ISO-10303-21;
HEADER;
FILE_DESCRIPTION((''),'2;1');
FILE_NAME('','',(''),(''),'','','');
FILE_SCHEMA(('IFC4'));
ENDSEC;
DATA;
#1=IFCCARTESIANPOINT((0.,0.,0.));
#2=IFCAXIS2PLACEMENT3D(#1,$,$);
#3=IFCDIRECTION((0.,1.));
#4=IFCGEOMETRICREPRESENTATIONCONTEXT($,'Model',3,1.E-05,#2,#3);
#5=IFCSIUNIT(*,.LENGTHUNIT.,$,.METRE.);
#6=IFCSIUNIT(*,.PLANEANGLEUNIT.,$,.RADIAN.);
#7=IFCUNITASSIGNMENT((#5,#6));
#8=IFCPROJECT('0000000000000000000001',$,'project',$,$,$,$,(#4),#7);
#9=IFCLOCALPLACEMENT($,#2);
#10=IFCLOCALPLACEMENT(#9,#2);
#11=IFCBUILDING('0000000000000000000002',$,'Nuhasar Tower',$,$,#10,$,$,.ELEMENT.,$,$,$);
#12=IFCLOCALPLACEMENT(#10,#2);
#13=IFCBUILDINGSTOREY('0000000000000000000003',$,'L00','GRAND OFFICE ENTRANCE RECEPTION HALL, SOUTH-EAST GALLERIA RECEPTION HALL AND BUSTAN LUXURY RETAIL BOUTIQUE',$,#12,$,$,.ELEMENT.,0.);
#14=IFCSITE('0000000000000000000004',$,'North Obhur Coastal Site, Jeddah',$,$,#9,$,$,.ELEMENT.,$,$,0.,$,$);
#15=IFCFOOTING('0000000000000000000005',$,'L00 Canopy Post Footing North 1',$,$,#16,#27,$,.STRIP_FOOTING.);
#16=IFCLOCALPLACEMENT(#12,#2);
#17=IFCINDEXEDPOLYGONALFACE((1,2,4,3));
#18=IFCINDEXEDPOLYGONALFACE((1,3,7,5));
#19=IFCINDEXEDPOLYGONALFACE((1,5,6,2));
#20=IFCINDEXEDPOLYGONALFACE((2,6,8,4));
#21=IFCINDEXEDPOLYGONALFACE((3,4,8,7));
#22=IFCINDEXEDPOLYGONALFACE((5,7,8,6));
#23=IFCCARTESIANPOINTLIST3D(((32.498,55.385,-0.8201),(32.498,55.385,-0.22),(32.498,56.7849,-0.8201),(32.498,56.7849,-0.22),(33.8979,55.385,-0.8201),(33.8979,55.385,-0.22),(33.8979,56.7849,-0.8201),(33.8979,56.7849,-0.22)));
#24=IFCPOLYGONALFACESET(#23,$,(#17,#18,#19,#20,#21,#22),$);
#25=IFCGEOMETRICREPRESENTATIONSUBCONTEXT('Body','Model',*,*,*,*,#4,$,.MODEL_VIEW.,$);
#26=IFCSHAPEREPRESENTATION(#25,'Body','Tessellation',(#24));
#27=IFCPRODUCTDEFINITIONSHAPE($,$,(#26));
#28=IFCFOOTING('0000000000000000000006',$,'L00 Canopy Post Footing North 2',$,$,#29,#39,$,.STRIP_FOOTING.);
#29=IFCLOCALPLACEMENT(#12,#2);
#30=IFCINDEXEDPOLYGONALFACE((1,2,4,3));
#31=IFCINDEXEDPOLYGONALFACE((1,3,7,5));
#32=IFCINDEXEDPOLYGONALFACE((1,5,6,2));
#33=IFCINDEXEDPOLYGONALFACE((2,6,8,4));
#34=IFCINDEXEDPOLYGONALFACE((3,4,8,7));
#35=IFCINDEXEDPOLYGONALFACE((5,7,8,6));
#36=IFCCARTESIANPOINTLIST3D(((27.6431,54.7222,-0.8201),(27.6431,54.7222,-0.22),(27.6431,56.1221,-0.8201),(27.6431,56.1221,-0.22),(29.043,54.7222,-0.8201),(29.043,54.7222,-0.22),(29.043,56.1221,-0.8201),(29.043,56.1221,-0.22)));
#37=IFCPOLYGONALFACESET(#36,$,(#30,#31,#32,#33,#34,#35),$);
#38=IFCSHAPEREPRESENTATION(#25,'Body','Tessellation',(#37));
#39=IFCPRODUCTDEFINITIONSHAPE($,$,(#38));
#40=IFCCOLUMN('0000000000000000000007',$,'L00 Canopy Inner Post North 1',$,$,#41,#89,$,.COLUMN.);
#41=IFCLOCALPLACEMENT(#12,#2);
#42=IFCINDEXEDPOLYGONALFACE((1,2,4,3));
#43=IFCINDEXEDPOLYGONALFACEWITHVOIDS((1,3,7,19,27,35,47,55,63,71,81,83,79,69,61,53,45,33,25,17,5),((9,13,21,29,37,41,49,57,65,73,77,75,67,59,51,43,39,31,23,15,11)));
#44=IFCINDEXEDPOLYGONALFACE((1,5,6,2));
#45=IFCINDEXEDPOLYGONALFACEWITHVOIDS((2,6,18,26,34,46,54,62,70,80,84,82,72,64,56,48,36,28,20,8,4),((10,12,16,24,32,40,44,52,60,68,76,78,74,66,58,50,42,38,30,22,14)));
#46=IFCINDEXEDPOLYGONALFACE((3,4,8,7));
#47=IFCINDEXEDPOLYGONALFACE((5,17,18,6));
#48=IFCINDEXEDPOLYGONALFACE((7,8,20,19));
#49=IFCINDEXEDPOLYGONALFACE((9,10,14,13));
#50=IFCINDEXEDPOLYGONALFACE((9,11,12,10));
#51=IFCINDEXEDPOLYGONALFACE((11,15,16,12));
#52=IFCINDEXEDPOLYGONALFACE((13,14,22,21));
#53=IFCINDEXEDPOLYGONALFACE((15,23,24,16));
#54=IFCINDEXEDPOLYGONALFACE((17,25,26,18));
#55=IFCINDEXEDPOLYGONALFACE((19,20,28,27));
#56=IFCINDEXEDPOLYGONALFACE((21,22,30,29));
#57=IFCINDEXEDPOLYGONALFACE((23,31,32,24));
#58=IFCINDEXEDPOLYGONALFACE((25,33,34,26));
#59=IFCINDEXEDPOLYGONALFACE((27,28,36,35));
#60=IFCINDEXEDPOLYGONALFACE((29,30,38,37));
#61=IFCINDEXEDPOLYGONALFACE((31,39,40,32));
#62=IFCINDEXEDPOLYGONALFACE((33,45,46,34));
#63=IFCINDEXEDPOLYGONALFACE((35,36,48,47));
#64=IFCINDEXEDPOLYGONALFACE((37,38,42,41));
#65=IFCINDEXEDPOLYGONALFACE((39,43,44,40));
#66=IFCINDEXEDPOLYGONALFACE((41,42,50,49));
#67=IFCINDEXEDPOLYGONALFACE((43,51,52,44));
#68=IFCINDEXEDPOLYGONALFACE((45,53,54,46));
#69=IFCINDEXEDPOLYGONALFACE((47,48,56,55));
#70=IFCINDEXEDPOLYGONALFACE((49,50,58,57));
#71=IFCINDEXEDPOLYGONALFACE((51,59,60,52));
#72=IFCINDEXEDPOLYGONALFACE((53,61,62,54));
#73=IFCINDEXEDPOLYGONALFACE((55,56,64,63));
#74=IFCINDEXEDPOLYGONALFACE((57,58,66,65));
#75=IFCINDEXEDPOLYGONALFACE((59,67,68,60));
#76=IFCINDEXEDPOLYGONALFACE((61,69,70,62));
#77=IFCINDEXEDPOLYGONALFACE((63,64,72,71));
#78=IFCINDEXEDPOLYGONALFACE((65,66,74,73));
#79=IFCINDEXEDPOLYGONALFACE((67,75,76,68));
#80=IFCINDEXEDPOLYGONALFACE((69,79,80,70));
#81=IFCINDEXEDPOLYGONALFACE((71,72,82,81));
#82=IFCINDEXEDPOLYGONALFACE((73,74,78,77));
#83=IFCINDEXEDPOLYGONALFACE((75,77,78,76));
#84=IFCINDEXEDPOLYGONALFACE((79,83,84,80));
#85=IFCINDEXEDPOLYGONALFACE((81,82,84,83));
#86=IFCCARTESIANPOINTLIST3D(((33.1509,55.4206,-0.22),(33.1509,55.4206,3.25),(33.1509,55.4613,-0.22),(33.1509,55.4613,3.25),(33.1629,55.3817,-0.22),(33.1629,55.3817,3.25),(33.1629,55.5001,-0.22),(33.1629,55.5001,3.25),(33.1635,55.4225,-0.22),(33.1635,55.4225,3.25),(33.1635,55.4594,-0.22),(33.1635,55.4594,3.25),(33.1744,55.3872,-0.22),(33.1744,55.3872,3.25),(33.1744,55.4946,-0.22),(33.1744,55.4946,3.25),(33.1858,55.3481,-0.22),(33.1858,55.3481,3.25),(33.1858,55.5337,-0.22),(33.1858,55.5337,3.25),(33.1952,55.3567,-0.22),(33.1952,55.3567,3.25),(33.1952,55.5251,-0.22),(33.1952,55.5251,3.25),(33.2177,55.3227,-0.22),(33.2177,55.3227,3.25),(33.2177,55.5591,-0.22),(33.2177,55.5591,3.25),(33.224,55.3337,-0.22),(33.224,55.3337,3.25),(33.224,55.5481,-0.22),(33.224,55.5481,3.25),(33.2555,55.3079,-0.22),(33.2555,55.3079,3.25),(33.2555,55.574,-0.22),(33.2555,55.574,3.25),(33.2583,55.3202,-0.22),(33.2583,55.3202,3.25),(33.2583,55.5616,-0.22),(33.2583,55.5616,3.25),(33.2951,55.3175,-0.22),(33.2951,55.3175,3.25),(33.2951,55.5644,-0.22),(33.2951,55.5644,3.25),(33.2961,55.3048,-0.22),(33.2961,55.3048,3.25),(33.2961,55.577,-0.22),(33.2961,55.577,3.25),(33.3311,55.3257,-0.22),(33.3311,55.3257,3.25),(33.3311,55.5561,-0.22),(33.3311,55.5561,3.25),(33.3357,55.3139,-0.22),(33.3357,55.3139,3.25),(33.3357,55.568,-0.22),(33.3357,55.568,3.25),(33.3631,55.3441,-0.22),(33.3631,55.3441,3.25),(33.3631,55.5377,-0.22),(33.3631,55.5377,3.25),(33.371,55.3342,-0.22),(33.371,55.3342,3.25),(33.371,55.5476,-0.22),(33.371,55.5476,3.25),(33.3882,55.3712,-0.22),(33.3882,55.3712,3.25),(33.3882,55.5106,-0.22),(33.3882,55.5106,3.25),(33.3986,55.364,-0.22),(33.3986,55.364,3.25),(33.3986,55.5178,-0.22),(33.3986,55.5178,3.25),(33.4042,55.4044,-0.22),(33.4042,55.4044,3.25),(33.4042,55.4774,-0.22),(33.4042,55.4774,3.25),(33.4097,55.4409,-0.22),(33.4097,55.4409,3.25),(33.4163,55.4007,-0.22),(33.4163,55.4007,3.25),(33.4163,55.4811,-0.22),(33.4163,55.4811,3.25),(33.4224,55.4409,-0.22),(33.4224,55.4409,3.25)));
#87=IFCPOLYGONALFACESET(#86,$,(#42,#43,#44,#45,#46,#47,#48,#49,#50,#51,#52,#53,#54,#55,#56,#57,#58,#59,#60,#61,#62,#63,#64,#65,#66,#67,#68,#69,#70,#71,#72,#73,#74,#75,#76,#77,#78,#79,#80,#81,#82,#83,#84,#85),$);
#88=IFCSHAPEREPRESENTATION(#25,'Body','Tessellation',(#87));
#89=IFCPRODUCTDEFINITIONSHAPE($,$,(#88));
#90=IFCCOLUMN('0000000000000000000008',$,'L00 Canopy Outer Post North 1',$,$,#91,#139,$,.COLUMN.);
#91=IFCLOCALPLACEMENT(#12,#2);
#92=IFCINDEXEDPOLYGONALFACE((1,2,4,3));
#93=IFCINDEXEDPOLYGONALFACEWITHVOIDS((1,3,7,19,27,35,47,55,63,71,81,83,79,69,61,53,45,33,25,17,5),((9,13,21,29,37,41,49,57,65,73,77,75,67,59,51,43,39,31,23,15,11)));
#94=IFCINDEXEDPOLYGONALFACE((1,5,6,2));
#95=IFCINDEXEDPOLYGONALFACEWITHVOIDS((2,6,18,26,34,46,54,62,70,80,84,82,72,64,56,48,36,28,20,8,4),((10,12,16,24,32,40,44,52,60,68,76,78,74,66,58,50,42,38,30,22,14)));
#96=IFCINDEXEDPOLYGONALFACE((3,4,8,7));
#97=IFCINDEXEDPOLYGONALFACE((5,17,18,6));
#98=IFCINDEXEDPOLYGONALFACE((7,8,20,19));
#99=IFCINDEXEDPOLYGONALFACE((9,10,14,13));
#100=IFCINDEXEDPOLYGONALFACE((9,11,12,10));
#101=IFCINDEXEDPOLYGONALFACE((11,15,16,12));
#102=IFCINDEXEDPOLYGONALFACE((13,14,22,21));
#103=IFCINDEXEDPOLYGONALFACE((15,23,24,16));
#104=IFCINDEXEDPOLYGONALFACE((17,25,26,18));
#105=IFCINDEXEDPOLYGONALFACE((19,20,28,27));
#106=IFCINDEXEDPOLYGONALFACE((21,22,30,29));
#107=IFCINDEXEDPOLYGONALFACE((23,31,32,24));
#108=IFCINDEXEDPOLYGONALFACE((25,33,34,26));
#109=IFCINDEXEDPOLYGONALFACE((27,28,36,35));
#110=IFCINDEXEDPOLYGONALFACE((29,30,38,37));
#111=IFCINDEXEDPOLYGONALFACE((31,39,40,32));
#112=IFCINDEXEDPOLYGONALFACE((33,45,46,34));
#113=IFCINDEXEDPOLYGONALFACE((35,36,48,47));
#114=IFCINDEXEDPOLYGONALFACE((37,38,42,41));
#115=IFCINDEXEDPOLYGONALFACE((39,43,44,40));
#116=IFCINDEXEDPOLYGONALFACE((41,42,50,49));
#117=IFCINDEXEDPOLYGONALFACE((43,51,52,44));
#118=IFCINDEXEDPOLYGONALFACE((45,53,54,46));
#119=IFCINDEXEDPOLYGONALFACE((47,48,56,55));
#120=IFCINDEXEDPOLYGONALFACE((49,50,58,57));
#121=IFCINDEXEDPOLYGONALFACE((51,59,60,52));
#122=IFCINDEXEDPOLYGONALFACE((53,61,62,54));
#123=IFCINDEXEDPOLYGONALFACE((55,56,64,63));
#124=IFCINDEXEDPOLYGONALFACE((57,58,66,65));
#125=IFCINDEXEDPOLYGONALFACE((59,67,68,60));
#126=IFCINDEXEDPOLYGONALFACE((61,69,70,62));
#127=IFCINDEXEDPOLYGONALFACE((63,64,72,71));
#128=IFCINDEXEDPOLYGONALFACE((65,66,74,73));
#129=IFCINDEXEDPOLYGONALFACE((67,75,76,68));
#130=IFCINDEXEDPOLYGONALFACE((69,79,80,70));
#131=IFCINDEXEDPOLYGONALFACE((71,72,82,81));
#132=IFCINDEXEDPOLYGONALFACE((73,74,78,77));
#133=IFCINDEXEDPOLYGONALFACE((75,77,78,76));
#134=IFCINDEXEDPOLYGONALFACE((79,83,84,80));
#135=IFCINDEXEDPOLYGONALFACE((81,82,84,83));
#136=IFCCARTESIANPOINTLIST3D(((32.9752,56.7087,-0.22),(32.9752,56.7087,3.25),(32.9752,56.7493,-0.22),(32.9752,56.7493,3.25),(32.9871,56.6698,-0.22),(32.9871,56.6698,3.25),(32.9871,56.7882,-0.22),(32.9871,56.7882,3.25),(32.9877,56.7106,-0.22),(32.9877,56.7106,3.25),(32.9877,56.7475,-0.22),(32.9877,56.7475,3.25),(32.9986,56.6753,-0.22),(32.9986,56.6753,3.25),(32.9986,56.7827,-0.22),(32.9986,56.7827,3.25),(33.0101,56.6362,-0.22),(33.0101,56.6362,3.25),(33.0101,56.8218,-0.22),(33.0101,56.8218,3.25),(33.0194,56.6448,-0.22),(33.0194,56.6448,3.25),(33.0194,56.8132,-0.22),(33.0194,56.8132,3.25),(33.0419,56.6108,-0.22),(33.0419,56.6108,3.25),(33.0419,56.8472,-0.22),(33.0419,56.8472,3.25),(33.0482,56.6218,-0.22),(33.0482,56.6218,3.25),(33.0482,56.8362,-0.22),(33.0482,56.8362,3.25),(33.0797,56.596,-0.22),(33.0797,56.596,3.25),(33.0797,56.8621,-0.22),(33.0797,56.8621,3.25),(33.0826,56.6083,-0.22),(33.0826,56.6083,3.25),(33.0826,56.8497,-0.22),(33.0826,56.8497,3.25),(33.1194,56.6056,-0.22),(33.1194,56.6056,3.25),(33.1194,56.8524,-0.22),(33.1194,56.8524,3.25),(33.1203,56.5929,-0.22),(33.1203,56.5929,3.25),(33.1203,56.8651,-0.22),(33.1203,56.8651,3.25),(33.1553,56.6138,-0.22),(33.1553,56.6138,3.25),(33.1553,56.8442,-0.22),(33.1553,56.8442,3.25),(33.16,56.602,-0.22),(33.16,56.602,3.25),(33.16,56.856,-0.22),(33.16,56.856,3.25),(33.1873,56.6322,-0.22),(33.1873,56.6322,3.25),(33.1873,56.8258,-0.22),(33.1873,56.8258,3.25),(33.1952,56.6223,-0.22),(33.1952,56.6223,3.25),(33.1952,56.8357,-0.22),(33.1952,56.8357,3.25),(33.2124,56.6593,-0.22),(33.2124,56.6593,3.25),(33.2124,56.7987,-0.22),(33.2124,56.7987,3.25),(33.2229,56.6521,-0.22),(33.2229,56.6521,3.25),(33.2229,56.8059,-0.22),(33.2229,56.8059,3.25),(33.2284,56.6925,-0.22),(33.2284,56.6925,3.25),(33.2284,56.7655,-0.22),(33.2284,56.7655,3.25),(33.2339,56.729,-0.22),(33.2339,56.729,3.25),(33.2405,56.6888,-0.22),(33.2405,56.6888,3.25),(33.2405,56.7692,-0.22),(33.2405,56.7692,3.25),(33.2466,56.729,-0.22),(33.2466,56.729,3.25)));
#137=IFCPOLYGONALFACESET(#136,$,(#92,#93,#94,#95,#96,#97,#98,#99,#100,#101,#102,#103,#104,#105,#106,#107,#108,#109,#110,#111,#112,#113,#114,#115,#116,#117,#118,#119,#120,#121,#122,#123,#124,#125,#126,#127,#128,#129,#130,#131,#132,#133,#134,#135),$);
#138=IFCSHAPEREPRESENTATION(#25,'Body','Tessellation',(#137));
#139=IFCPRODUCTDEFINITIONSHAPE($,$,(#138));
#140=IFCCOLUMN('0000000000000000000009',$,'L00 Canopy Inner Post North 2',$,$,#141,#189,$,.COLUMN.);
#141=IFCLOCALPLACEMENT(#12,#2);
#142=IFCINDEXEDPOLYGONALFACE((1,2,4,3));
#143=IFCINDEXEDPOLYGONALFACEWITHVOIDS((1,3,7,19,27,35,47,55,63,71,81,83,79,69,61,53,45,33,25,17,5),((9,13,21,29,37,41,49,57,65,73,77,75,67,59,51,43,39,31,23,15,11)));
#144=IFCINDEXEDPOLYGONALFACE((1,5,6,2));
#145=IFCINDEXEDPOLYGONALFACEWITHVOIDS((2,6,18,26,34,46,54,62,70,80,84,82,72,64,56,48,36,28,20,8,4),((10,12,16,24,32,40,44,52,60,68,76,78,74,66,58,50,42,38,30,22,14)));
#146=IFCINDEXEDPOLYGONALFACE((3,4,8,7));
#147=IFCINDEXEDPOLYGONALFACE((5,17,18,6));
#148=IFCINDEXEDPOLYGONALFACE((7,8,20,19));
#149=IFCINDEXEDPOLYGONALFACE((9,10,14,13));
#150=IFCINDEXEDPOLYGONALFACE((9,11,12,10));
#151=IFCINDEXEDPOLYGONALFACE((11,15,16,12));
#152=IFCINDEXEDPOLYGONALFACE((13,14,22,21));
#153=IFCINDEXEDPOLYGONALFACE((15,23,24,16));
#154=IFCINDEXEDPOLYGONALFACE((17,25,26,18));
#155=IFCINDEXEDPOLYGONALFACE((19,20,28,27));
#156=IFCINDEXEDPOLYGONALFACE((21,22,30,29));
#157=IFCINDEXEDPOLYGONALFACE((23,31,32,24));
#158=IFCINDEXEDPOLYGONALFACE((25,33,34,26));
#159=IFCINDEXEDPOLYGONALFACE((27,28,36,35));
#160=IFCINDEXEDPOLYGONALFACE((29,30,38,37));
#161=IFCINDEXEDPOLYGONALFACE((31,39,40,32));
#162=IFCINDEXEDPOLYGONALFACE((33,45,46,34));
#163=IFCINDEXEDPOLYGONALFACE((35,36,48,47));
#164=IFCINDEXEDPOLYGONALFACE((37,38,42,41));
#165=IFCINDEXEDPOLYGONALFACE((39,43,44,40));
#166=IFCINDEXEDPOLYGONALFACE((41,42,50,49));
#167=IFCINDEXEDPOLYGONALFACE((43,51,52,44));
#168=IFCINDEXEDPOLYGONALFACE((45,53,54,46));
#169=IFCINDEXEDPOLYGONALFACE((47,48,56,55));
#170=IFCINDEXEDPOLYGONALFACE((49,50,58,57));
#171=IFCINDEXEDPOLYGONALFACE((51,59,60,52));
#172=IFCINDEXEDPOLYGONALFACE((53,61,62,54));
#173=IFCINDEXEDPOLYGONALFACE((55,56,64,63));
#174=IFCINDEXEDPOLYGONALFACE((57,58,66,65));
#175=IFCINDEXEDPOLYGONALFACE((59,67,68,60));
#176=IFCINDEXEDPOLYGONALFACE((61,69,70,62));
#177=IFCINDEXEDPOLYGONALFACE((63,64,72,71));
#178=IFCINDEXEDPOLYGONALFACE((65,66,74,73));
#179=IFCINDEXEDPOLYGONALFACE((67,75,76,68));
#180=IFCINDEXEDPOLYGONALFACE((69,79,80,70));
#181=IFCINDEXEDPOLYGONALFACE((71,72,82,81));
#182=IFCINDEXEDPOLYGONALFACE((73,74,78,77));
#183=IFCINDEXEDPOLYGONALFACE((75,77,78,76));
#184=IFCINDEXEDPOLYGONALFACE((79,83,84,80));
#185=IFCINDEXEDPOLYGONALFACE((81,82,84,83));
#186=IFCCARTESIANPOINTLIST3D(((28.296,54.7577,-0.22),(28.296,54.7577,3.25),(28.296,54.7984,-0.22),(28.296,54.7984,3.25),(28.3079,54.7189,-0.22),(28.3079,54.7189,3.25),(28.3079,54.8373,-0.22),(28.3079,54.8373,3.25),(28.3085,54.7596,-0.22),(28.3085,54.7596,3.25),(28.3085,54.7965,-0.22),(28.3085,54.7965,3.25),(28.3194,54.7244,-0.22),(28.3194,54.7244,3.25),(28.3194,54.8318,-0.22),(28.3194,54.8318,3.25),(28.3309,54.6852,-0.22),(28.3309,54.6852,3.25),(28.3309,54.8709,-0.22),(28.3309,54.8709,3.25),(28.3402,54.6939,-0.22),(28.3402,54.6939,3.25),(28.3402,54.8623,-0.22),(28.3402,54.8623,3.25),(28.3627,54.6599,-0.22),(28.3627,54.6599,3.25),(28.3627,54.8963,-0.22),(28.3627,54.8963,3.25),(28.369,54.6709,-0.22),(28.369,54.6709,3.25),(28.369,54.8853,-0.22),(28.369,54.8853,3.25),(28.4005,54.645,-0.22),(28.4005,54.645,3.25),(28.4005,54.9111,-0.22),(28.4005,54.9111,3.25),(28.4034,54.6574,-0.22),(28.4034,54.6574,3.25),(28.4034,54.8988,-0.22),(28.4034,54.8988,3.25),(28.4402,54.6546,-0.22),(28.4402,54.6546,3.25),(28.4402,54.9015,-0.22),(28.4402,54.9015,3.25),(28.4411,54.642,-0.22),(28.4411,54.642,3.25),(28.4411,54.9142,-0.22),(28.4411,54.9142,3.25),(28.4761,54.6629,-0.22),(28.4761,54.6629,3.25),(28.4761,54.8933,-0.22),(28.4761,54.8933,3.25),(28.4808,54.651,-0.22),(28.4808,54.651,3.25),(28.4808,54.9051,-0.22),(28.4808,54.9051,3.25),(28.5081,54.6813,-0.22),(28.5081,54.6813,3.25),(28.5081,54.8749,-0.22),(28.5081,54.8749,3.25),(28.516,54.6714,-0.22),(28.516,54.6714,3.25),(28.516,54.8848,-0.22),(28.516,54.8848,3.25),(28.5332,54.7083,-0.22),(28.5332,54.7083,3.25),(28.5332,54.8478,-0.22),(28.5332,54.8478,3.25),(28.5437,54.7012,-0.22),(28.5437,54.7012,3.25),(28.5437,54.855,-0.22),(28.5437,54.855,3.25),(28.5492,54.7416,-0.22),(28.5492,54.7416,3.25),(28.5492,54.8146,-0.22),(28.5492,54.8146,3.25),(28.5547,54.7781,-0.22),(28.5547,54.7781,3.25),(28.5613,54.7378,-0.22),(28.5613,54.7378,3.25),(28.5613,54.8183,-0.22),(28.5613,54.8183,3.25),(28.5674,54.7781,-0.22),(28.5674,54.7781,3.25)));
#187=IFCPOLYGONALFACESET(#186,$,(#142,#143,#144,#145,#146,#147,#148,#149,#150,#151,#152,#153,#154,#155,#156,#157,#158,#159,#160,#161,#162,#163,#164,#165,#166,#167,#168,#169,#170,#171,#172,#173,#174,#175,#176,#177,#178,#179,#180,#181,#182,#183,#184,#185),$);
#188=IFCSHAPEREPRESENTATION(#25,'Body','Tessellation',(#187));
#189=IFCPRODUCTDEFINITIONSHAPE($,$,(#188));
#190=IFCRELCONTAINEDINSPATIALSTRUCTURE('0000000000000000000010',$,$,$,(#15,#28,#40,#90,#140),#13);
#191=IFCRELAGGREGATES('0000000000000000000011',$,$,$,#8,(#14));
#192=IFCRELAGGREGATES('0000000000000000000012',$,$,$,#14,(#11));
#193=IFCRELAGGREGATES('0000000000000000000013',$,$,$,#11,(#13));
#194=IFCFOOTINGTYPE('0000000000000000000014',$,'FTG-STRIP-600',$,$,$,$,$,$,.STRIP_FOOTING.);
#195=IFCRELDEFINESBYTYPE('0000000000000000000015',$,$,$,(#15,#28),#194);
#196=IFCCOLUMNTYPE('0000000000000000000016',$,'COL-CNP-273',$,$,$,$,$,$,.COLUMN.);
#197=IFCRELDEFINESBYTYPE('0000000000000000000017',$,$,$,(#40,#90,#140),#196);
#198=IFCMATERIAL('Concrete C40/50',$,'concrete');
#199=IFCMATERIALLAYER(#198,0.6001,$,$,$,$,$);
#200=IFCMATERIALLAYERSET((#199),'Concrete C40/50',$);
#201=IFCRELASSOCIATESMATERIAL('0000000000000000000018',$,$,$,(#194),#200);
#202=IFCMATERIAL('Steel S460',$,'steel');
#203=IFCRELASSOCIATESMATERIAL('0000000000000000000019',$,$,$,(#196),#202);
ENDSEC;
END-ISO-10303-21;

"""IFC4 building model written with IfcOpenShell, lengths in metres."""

from ifc_helpers import new_model, si_unit, direction, frame, origin, origin_2d, place, context, subcontext, project, spatial, rectangle, hollow_circle, extrude, material, layer, layer_set, material_profile, profile_set, type_object, element, save


model = new_model("IFC4")

# Units and contexts
model_context = context("Model", 3, precision=1e-05, world=origin(), true_north=direction((0.0, 1.0)))
body_context = subcontext(model_context, "Body", "Model", "MODEL_VIEW")
ifc_project = project(units=[si_unit("LENGTHUNIT", "METRE"), si_unit("PLANEANGLEUNIT", "RADIAN")], contexts=[model_context])

# Site, building, storey
site_placement = place(None, origin())
site = spatial("IfcSite", under=ifc_project, at=site_placement, Name="North Obhur Coastal Site, Jeddah", CompositionType="ELEMENT", RefElevation=0.0)
building_placement = place(site_placement, origin())
building = spatial("IfcBuilding", under=site, at=building_placement, Name="Nuhasar Tower", CompositionType="ELEMENT")
storey_placement = place(building_placement, origin())
storey = spatial("IfcBuildingStorey", under=building, at=storey_placement, Name="L00", Description="GRAND OFFICE ENTRANCE RECEPTION HALL, SOUTH-EAST GALLERIA RECEPTION HALL AND BUSTAN LUXURY RETAIL BOUTIQUE", CompositionType="ELEMENT", Elevation=0.0)

# Footings
ifc_material_1 = material(Name="Concrete C40/50", Category="concrete")
ifc_layer_1 = layer(ifc_material_1, 0.6001)
ifc_layer_set_1 = layer_set([ifc_layer_1], Name="Concrete C40/50")
footing_type = type_object("IfcFootingType", Name="FTG-STRIP-600", PredefinedType="STRIP_FOOTING", material=ifc_layer_set_1)
for number, where, z_axis, x_axis, name in (
    (1, (33.198, 56.085, -0.8201), (0.0, 0.0, 1.0), (1.0, 0.0, 0.0), "L00 Canopy Post Footing North 1"),
    (2, (28.343, 55.4221, -0.8201), (0.0, 0.0, 1.0), (1.0, 0.0, 0.0), "L00 Canopy Post Footing North 2"),
):
    element("IfcFooting", number, at=place(storey_placement, frame(where, z_axis=z_axis, x_axis=x_axis)), inside=storey, type_object=footing_type, Name=name, PredefinedType="STRIP_FOOTING", context=body_context, shape_type="SweptSolid", body=[
        extrude(rectangle(XDim=1.3999, YDim=1.3999, at=origin_2d()), origin(), (0.0, 0.0, 1.0), 0.6001),
    ])

# Columns
ifc_material_2 = material(Name="Steel S460", Category="steel")
ifc_material_profile_1 = material_profile(ifc_material_2, hollow_circle(Radius=0.1365, WallThickness=0.0127, at=origin_2d()), Name="HSS273.1X12.7")
ifc_profile_set_1 = profile_set([ifc_material_profile_1], Name="Steel S460")
column_type = type_object("IfcColumnType", Name="COL-CNP-273", PredefinedType="COLUMN", material=ifc_profile_set_1)
for number, where, z_axis, x_axis, name in (
    (3, (33.2859, 55.4409, -0.22), (0.0, 0.0, 1.0), (1.0, 0.0, 0.0), "L00 Canopy Inner Post North 1"),
    (4, (33.1101, 56.729, -0.22), (0.0, 0.0, 1.0), (1.0, 0.0, 0.0), "L00 Canopy Outer Post North 1"),
    (5, (28.4309, 54.7781, -0.22), (0.0, 0.0, 1.0), (1.0, 0.0, 0.0), "L00 Canopy Inner Post North 2"),
):
    element("IfcColumn", number, at=place(storey_placement, frame(where, z_axis=z_axis, x_axis=x_axis)), inside=storey, type_object=column_type, Name=name, PredefinedType="COLUMN", context=body_context, shape_type="SweptSolid", body=[
        extrude(hollow_circle(Radius=0.1365, WallThickness=0.0127, at=origin_2d()), origin(), (0.0, 0.0, 1.0), 3.47),
    ])

save(model, "model.ifc")
